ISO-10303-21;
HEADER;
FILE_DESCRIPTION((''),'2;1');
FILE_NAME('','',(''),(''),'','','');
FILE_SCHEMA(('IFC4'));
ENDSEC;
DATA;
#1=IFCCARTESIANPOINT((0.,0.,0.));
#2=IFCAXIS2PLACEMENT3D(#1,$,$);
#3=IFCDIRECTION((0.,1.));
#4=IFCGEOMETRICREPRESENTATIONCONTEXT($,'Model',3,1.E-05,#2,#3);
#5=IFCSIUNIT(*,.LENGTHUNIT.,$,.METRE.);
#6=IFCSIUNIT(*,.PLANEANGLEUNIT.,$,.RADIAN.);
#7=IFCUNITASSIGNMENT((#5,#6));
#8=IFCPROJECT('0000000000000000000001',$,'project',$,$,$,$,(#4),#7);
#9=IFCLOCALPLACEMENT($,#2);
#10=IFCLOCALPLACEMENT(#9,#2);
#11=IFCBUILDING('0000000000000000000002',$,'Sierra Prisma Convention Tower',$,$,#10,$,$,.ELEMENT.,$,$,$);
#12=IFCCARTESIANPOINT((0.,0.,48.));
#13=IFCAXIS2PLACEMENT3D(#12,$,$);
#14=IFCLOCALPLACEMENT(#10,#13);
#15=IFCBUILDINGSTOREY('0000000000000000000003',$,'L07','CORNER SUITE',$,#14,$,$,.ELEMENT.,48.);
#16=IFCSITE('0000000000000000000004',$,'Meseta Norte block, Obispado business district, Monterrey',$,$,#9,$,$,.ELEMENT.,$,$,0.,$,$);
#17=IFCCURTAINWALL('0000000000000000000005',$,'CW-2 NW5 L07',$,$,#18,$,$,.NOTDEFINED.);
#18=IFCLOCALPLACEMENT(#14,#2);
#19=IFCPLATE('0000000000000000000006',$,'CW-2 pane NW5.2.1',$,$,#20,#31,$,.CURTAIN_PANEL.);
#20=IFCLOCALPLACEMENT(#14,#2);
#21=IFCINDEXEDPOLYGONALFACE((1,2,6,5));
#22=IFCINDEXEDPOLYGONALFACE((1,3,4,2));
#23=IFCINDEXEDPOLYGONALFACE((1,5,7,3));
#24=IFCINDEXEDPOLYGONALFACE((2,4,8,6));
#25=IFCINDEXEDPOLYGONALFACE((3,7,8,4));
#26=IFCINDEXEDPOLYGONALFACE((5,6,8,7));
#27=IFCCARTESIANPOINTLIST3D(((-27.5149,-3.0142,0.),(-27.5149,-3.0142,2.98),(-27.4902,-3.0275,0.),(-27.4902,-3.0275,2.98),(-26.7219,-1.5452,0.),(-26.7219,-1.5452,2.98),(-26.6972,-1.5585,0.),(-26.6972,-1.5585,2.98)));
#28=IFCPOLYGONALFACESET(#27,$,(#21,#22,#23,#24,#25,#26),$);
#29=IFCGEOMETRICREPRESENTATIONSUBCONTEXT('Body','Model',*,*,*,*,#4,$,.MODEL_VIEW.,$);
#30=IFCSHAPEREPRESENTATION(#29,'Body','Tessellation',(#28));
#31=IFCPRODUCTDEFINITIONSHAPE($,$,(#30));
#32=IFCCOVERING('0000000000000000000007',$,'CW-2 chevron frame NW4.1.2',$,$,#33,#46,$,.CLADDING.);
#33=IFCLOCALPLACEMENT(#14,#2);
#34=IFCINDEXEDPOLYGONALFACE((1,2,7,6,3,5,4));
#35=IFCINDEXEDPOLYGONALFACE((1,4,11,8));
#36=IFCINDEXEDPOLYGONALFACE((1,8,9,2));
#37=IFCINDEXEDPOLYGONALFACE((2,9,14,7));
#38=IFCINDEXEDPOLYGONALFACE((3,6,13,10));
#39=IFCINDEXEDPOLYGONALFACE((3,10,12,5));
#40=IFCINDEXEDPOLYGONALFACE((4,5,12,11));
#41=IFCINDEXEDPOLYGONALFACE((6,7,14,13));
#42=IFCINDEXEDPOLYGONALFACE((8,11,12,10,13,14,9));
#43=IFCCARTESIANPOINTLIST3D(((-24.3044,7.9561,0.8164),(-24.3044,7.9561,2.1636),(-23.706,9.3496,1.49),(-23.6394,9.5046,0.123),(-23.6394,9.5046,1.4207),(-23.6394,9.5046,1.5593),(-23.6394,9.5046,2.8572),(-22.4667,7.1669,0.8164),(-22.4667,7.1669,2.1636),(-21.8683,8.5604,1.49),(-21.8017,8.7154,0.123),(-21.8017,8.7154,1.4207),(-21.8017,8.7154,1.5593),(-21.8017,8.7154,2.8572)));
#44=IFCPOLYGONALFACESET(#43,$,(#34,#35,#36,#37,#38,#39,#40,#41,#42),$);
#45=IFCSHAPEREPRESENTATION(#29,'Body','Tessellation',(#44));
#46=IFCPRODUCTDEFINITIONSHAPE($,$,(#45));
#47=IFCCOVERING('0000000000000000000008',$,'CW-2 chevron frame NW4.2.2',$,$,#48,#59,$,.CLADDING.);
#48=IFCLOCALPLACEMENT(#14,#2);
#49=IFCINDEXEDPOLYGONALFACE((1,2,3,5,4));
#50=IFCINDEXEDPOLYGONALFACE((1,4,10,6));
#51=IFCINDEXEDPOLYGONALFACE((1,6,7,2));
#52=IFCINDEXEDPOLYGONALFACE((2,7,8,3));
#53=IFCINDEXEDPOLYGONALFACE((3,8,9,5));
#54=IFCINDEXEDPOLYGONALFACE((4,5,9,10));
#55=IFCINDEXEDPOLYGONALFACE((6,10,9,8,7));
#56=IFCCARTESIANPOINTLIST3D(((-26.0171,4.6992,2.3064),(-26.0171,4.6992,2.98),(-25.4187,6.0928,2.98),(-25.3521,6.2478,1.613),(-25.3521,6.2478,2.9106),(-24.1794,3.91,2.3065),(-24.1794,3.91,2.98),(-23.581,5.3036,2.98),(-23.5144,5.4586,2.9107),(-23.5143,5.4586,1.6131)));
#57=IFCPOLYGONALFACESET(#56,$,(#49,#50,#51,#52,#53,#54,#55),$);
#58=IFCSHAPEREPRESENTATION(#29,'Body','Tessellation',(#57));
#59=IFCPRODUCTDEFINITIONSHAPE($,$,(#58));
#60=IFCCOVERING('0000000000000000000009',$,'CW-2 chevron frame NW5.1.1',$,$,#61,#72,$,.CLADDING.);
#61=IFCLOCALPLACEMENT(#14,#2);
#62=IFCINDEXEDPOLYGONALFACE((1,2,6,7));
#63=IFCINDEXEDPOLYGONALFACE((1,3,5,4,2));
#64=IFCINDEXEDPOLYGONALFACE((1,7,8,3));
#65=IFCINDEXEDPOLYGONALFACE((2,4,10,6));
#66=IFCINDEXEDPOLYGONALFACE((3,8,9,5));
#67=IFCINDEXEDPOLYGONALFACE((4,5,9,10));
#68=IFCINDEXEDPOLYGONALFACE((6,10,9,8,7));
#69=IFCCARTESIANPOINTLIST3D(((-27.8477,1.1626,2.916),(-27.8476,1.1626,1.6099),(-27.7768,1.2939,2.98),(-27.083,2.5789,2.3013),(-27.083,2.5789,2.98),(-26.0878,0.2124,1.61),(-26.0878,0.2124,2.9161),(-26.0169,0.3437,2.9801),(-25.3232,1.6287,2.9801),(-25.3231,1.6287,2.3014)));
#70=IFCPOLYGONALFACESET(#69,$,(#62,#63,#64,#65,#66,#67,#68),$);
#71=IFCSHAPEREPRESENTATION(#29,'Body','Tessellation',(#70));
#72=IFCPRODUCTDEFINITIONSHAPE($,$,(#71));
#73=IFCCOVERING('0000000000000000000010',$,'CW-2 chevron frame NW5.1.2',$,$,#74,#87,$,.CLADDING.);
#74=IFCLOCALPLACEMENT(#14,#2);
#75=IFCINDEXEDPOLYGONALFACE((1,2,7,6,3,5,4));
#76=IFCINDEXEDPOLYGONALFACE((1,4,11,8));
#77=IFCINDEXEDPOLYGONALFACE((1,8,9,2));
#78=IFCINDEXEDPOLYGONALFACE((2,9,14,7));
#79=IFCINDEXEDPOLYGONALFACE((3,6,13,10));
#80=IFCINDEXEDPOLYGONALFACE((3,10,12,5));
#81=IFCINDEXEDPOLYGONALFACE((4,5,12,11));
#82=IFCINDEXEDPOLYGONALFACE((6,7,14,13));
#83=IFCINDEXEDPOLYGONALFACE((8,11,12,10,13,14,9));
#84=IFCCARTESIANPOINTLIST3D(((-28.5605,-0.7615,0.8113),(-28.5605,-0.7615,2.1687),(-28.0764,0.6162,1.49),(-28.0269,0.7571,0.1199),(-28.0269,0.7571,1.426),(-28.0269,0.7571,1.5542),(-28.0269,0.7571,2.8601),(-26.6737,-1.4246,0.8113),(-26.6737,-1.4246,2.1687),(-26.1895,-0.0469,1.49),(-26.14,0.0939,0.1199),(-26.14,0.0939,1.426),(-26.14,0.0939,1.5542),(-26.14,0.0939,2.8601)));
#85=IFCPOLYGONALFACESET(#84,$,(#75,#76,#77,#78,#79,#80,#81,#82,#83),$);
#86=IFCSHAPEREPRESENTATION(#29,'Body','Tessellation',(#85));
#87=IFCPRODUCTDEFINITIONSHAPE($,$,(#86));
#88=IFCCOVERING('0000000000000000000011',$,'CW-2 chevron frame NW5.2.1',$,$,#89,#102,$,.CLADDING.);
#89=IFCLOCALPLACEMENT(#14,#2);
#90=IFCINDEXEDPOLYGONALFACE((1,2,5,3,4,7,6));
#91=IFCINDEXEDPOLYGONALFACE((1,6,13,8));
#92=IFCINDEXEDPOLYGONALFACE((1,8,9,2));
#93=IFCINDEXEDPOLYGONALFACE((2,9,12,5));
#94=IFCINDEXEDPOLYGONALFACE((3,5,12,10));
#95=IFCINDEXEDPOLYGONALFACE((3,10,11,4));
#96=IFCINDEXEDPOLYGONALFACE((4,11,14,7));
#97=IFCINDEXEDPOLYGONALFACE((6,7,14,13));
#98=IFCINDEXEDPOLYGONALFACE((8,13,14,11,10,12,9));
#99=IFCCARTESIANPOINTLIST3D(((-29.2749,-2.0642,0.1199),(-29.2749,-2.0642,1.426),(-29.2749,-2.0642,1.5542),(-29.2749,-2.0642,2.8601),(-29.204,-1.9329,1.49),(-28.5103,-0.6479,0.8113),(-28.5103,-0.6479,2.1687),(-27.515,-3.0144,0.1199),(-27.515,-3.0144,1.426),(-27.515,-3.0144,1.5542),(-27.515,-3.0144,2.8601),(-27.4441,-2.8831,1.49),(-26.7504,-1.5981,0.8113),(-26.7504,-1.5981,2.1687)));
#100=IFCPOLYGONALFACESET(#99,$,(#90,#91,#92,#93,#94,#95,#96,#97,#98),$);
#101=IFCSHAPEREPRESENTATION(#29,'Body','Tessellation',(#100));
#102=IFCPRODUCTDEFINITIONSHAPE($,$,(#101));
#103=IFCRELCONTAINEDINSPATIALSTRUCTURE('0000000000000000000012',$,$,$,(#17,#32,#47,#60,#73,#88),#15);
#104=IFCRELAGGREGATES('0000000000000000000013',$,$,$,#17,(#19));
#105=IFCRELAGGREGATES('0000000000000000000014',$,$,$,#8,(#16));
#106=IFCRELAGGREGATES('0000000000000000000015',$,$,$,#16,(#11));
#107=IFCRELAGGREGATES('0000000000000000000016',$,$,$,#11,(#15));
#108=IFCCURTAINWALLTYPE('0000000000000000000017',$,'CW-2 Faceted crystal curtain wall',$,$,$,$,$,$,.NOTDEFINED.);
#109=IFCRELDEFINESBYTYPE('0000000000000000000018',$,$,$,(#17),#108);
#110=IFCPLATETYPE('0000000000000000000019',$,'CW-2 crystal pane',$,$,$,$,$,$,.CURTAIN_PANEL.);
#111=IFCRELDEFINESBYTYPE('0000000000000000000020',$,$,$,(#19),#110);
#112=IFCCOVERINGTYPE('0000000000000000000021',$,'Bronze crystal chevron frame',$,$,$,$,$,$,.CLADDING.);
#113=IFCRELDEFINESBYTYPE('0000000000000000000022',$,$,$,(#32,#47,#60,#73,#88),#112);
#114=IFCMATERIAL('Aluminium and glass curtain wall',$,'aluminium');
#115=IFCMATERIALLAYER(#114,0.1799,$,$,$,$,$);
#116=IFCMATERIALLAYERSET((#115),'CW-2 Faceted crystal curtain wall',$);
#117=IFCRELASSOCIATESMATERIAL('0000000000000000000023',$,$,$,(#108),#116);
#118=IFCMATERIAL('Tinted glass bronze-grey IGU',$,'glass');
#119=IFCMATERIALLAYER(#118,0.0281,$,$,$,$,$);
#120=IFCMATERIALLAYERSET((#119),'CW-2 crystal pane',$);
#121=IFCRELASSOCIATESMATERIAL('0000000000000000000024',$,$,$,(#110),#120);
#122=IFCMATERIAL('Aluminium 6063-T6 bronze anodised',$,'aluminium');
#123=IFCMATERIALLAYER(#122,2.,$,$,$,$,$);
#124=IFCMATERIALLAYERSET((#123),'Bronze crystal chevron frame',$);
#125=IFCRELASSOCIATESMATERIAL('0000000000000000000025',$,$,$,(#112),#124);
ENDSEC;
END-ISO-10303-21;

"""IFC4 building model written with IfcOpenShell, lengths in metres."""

from ifc_helpers import new_model, si_unit, direction, frame, origin, place, context, subcontext, project, spatial, polyline, outline, extrude, material, layer, layer_set, type_object, element, aggregate, save


model = new_model("IFC4")

# Units and contexts
model_context = context("Model", 3, precision=1e-05, world=origin(), true_north=direction((0.0, 1.0)))
body_context = subcontext(model_context, "Body", "Model", "MODEL_VIEW")
ifc_project = project(units=[si_unit("LENGTHUNIT", "METRE"), si_unit("PLANEANGLEUNIT", "RADIAN")], contexts=[model_context])

# Site, building, storey
site_placement = place(None, origin())
site = spatial("IfcSite", under=ifc_project, at=site_placement, Name="Meseta Norte block, Obispado business district, Monterrey", CompositionType="ELEMENT", RefElevation=0.0)
building_placement = place(site_placement, origin())
building = spatial("IfcBuilding", under=site, at=building_placement, Name="Sierra Prisma Convention Tower", CompositionType="ELEMENT")
storey_placement = place(building_placement, frame((0.0, 0.0, 48.0)))
storey = spatial("IfcBuildingStorey", under=building, at=storey_placement, Name="L07", Description="CORNER SUITE", CompositionType="ELEMENT", Elevation=48.0)

# Curtain wall
ifc_material_1 = material(Name="Aluminium and glass curtain wall", Category="aluminium")
ifc_layer_1 = layer(ifc_material_1, 0.1799)
ifc_layer_set_1 = layer_set([ifc_layer_1], Name="CW-2 Faceted crystal curtain wall")
curtain_wall_type = type_object("IfcCurtainWallType", Name="CW-2 Faceted crystal curtain wall", PredefinedType="NOTDEFINED", material=ifc_layer_set_1)
curtain_wall_1_placement = place(storey_placement, origin())
curtain_wall_1 = element("IfcCurtainWall", 1, at=curtain_wall_1_placement, inside=storey, type_object=curtain_wall_type, Name="CW-2 NW5 L07", PredefinedType="NOTDEFINED")

# Plate
ifc_material_2 = material(Name="Tinted glass bronze-grey IGU", Category="glass")
ifc_layer_2 = layer(ifc_material_2, 0.0281)
ifc_layer_set_2 = layer_set([ifc_layer_2], Name="CW-2 crystal pane")
plate_type = type_object("IfcPlateType", Name="CW-2 crystal pane", PredefinedType="CURTAIN_PANEL", material=ifc_layer_set_2)
plate_1_placement = place(storey_placement, frame((-26.7219, -1.5452, 0.0), z_axis=(-0.879978, 0.475015, 0.0), x_axis=(-0.475015, -0.879978, 0.0)))
plate_1 = element("IfcPlate", 2, at=plate_1_placement, type_object=plate_type, Name="CW-2 pane NW5.2.1", PredefinedType="CURTAIN_PANEL", context=body_context, shape_type="SweptSolid", body=[
    extrude(outline(polyline([(0.0, 0.0), (1.6694, 0.0), (1.6694, 2.98), (0.0, 2.98), (0.0, 0.0)])), origin(), (0.0, 0.0, -1.0), 0.0281),
])
aggregate(curtain_wall_1, [plate_1])

# Coverings
ifc_material_3 = material(Name="Aluminium 6063-T6 bronze anodised", Category="aluminium")
ifc_layer_3 = layer(ifc_material_3, 2.0)
ifc_layer_set_3 = layer_set([ifc_layer_3], Name="Bronze crystal chevron frame")
covering_type = type_object("IfcCoveringType", Name="Bronze crystal chevron frame", PredefinedType="CLADDING", material=ifc_layer_set_3)
covering_1_placement = place(storey_placement, frame((-23.6394, 9.5046, 1.4207), z_axis=(-0.918853, 0.3946, 0.0), x_axis=(0.0, 0.0, -1.0)))
element("IfcCovering", 3, at=covering_1_placement, inside=storey, type_object=covering_type, Name="CW-2 chevron frame NW4.1.2", PredefinedType="CLADDING", context=body_context, shape_type="SweptSolid", body=[
    extrude(outline(polyline([(0.0, 0.0), (1.2976, 0.0), (0.6042, 1.6853), (-0.7429, 1.6853), (-1.4365, 0.0), (-0.1387, 0.0), (-0.0693, 0.1687), (0.0, 0.0)])), origin(), (0.0, 0.0, -1.0), 2.0),
])
covering_2_placement = place(storey_placement, frame((-25.3521, 6.2478, 1.613), z_axis=(-0.918853, 0.3946, -0.000033), x_axis=(-0.364936, -0.849746, 0.380465)))
element("IfcCovering", 4, at=covering_2_placement, inside=storey, type_object=covering_type, Name="CW-2 chevron frame NW4.2.2", PredefinedType="CLADDING", context=body_context, shape_type="SweptSolid", body=[
    extrude(outline(polyline([(0.0, 0.0), (1.8224, 0.0), (2.0787, 0.6229), (0.6761, 1.1999), (0.4937, 1.2), (0.0, 0.0)])), origin(), (0.0, 0.0, -1.0), 2.0),
])
covering_3_placement = place(storey_placement, frame((-27.083, 2.5789, 2.3013), z_axis=(-0.879939, 0.475087, -0.000049), x_axis=(-0.436497, -0.808505, -0.394701)))
element("IfcCovering", 5, at=covering_3_placement, inside=storey, type_object=covering_type, Name="CW-2 chevron frame NW5.1.1", PredefinedType="CLADDING", context=body_context, shape_type="SweptSolid", body=[
    extrude(outline(polyline([(0.0, 0.0), (1.7517, 0.0), (1.2362, 1.2001), (1.0738, 1.2), (-0.2679, 0.6236), (0.0, 0.0)])), origin(), (0.0, 0.0, -1.0), 2.0),
])
covering_4_placement = place(storey_placement, frame((-28.0269, 0.7571, 1.426), z_axis=(-0.943432, 0.331565, 0.0), x_axis=(0.0, 0.0, -1.0)))
element("IfcCovering", 6, at=covering_4_placement, inside=storey, type_object=covering_type, Name="CW-2 chevron frame NW5.1.2", PredefinedType="CLADDING", context=body_context, shape_type="SweptSolid", body=[
    extrude(outline(polyline([(0.0, 0.0), (1.3062, 0.0), (0.6147, 1.6096), (-0.7427, 1.6096), (-1.4341, 0.0), (-0.1282, 0.0), (-0.064, 0.1493), (0.0, 0.0)])), origin(), (0.0, 0.0, -1.0), 2.0),
])
covering_5_placement = place(storey_placement, frame((-28.5103, -0.6479, 0.8113), z_axis=(-0.879939, 0.475087, 0.0), x_axis=(-0.436515, -0.808496, -0.394701)))
element("IfcCovering", 7, at=covering_5_placement, inside=storey, type_object=covering_type, Name="CW-2 chevron frame NW5.2.1", PredefinedType="CLADDING", context=body_context, shape_type="SweptSolid", body=[
    extrude(outline(polyline([(0.0, 0.0), (1.7517, 0.0), (1.2362, 1.2001), (1.0738, 1.2), (1.1856, 1.3179), (0.6701, 2.5178), (-0.5358, 1.2472), (0.0, 0.0)])), origin(), (0.0, 0.0, -1.0), 2.0),
])

save(model, "model.ifc")
